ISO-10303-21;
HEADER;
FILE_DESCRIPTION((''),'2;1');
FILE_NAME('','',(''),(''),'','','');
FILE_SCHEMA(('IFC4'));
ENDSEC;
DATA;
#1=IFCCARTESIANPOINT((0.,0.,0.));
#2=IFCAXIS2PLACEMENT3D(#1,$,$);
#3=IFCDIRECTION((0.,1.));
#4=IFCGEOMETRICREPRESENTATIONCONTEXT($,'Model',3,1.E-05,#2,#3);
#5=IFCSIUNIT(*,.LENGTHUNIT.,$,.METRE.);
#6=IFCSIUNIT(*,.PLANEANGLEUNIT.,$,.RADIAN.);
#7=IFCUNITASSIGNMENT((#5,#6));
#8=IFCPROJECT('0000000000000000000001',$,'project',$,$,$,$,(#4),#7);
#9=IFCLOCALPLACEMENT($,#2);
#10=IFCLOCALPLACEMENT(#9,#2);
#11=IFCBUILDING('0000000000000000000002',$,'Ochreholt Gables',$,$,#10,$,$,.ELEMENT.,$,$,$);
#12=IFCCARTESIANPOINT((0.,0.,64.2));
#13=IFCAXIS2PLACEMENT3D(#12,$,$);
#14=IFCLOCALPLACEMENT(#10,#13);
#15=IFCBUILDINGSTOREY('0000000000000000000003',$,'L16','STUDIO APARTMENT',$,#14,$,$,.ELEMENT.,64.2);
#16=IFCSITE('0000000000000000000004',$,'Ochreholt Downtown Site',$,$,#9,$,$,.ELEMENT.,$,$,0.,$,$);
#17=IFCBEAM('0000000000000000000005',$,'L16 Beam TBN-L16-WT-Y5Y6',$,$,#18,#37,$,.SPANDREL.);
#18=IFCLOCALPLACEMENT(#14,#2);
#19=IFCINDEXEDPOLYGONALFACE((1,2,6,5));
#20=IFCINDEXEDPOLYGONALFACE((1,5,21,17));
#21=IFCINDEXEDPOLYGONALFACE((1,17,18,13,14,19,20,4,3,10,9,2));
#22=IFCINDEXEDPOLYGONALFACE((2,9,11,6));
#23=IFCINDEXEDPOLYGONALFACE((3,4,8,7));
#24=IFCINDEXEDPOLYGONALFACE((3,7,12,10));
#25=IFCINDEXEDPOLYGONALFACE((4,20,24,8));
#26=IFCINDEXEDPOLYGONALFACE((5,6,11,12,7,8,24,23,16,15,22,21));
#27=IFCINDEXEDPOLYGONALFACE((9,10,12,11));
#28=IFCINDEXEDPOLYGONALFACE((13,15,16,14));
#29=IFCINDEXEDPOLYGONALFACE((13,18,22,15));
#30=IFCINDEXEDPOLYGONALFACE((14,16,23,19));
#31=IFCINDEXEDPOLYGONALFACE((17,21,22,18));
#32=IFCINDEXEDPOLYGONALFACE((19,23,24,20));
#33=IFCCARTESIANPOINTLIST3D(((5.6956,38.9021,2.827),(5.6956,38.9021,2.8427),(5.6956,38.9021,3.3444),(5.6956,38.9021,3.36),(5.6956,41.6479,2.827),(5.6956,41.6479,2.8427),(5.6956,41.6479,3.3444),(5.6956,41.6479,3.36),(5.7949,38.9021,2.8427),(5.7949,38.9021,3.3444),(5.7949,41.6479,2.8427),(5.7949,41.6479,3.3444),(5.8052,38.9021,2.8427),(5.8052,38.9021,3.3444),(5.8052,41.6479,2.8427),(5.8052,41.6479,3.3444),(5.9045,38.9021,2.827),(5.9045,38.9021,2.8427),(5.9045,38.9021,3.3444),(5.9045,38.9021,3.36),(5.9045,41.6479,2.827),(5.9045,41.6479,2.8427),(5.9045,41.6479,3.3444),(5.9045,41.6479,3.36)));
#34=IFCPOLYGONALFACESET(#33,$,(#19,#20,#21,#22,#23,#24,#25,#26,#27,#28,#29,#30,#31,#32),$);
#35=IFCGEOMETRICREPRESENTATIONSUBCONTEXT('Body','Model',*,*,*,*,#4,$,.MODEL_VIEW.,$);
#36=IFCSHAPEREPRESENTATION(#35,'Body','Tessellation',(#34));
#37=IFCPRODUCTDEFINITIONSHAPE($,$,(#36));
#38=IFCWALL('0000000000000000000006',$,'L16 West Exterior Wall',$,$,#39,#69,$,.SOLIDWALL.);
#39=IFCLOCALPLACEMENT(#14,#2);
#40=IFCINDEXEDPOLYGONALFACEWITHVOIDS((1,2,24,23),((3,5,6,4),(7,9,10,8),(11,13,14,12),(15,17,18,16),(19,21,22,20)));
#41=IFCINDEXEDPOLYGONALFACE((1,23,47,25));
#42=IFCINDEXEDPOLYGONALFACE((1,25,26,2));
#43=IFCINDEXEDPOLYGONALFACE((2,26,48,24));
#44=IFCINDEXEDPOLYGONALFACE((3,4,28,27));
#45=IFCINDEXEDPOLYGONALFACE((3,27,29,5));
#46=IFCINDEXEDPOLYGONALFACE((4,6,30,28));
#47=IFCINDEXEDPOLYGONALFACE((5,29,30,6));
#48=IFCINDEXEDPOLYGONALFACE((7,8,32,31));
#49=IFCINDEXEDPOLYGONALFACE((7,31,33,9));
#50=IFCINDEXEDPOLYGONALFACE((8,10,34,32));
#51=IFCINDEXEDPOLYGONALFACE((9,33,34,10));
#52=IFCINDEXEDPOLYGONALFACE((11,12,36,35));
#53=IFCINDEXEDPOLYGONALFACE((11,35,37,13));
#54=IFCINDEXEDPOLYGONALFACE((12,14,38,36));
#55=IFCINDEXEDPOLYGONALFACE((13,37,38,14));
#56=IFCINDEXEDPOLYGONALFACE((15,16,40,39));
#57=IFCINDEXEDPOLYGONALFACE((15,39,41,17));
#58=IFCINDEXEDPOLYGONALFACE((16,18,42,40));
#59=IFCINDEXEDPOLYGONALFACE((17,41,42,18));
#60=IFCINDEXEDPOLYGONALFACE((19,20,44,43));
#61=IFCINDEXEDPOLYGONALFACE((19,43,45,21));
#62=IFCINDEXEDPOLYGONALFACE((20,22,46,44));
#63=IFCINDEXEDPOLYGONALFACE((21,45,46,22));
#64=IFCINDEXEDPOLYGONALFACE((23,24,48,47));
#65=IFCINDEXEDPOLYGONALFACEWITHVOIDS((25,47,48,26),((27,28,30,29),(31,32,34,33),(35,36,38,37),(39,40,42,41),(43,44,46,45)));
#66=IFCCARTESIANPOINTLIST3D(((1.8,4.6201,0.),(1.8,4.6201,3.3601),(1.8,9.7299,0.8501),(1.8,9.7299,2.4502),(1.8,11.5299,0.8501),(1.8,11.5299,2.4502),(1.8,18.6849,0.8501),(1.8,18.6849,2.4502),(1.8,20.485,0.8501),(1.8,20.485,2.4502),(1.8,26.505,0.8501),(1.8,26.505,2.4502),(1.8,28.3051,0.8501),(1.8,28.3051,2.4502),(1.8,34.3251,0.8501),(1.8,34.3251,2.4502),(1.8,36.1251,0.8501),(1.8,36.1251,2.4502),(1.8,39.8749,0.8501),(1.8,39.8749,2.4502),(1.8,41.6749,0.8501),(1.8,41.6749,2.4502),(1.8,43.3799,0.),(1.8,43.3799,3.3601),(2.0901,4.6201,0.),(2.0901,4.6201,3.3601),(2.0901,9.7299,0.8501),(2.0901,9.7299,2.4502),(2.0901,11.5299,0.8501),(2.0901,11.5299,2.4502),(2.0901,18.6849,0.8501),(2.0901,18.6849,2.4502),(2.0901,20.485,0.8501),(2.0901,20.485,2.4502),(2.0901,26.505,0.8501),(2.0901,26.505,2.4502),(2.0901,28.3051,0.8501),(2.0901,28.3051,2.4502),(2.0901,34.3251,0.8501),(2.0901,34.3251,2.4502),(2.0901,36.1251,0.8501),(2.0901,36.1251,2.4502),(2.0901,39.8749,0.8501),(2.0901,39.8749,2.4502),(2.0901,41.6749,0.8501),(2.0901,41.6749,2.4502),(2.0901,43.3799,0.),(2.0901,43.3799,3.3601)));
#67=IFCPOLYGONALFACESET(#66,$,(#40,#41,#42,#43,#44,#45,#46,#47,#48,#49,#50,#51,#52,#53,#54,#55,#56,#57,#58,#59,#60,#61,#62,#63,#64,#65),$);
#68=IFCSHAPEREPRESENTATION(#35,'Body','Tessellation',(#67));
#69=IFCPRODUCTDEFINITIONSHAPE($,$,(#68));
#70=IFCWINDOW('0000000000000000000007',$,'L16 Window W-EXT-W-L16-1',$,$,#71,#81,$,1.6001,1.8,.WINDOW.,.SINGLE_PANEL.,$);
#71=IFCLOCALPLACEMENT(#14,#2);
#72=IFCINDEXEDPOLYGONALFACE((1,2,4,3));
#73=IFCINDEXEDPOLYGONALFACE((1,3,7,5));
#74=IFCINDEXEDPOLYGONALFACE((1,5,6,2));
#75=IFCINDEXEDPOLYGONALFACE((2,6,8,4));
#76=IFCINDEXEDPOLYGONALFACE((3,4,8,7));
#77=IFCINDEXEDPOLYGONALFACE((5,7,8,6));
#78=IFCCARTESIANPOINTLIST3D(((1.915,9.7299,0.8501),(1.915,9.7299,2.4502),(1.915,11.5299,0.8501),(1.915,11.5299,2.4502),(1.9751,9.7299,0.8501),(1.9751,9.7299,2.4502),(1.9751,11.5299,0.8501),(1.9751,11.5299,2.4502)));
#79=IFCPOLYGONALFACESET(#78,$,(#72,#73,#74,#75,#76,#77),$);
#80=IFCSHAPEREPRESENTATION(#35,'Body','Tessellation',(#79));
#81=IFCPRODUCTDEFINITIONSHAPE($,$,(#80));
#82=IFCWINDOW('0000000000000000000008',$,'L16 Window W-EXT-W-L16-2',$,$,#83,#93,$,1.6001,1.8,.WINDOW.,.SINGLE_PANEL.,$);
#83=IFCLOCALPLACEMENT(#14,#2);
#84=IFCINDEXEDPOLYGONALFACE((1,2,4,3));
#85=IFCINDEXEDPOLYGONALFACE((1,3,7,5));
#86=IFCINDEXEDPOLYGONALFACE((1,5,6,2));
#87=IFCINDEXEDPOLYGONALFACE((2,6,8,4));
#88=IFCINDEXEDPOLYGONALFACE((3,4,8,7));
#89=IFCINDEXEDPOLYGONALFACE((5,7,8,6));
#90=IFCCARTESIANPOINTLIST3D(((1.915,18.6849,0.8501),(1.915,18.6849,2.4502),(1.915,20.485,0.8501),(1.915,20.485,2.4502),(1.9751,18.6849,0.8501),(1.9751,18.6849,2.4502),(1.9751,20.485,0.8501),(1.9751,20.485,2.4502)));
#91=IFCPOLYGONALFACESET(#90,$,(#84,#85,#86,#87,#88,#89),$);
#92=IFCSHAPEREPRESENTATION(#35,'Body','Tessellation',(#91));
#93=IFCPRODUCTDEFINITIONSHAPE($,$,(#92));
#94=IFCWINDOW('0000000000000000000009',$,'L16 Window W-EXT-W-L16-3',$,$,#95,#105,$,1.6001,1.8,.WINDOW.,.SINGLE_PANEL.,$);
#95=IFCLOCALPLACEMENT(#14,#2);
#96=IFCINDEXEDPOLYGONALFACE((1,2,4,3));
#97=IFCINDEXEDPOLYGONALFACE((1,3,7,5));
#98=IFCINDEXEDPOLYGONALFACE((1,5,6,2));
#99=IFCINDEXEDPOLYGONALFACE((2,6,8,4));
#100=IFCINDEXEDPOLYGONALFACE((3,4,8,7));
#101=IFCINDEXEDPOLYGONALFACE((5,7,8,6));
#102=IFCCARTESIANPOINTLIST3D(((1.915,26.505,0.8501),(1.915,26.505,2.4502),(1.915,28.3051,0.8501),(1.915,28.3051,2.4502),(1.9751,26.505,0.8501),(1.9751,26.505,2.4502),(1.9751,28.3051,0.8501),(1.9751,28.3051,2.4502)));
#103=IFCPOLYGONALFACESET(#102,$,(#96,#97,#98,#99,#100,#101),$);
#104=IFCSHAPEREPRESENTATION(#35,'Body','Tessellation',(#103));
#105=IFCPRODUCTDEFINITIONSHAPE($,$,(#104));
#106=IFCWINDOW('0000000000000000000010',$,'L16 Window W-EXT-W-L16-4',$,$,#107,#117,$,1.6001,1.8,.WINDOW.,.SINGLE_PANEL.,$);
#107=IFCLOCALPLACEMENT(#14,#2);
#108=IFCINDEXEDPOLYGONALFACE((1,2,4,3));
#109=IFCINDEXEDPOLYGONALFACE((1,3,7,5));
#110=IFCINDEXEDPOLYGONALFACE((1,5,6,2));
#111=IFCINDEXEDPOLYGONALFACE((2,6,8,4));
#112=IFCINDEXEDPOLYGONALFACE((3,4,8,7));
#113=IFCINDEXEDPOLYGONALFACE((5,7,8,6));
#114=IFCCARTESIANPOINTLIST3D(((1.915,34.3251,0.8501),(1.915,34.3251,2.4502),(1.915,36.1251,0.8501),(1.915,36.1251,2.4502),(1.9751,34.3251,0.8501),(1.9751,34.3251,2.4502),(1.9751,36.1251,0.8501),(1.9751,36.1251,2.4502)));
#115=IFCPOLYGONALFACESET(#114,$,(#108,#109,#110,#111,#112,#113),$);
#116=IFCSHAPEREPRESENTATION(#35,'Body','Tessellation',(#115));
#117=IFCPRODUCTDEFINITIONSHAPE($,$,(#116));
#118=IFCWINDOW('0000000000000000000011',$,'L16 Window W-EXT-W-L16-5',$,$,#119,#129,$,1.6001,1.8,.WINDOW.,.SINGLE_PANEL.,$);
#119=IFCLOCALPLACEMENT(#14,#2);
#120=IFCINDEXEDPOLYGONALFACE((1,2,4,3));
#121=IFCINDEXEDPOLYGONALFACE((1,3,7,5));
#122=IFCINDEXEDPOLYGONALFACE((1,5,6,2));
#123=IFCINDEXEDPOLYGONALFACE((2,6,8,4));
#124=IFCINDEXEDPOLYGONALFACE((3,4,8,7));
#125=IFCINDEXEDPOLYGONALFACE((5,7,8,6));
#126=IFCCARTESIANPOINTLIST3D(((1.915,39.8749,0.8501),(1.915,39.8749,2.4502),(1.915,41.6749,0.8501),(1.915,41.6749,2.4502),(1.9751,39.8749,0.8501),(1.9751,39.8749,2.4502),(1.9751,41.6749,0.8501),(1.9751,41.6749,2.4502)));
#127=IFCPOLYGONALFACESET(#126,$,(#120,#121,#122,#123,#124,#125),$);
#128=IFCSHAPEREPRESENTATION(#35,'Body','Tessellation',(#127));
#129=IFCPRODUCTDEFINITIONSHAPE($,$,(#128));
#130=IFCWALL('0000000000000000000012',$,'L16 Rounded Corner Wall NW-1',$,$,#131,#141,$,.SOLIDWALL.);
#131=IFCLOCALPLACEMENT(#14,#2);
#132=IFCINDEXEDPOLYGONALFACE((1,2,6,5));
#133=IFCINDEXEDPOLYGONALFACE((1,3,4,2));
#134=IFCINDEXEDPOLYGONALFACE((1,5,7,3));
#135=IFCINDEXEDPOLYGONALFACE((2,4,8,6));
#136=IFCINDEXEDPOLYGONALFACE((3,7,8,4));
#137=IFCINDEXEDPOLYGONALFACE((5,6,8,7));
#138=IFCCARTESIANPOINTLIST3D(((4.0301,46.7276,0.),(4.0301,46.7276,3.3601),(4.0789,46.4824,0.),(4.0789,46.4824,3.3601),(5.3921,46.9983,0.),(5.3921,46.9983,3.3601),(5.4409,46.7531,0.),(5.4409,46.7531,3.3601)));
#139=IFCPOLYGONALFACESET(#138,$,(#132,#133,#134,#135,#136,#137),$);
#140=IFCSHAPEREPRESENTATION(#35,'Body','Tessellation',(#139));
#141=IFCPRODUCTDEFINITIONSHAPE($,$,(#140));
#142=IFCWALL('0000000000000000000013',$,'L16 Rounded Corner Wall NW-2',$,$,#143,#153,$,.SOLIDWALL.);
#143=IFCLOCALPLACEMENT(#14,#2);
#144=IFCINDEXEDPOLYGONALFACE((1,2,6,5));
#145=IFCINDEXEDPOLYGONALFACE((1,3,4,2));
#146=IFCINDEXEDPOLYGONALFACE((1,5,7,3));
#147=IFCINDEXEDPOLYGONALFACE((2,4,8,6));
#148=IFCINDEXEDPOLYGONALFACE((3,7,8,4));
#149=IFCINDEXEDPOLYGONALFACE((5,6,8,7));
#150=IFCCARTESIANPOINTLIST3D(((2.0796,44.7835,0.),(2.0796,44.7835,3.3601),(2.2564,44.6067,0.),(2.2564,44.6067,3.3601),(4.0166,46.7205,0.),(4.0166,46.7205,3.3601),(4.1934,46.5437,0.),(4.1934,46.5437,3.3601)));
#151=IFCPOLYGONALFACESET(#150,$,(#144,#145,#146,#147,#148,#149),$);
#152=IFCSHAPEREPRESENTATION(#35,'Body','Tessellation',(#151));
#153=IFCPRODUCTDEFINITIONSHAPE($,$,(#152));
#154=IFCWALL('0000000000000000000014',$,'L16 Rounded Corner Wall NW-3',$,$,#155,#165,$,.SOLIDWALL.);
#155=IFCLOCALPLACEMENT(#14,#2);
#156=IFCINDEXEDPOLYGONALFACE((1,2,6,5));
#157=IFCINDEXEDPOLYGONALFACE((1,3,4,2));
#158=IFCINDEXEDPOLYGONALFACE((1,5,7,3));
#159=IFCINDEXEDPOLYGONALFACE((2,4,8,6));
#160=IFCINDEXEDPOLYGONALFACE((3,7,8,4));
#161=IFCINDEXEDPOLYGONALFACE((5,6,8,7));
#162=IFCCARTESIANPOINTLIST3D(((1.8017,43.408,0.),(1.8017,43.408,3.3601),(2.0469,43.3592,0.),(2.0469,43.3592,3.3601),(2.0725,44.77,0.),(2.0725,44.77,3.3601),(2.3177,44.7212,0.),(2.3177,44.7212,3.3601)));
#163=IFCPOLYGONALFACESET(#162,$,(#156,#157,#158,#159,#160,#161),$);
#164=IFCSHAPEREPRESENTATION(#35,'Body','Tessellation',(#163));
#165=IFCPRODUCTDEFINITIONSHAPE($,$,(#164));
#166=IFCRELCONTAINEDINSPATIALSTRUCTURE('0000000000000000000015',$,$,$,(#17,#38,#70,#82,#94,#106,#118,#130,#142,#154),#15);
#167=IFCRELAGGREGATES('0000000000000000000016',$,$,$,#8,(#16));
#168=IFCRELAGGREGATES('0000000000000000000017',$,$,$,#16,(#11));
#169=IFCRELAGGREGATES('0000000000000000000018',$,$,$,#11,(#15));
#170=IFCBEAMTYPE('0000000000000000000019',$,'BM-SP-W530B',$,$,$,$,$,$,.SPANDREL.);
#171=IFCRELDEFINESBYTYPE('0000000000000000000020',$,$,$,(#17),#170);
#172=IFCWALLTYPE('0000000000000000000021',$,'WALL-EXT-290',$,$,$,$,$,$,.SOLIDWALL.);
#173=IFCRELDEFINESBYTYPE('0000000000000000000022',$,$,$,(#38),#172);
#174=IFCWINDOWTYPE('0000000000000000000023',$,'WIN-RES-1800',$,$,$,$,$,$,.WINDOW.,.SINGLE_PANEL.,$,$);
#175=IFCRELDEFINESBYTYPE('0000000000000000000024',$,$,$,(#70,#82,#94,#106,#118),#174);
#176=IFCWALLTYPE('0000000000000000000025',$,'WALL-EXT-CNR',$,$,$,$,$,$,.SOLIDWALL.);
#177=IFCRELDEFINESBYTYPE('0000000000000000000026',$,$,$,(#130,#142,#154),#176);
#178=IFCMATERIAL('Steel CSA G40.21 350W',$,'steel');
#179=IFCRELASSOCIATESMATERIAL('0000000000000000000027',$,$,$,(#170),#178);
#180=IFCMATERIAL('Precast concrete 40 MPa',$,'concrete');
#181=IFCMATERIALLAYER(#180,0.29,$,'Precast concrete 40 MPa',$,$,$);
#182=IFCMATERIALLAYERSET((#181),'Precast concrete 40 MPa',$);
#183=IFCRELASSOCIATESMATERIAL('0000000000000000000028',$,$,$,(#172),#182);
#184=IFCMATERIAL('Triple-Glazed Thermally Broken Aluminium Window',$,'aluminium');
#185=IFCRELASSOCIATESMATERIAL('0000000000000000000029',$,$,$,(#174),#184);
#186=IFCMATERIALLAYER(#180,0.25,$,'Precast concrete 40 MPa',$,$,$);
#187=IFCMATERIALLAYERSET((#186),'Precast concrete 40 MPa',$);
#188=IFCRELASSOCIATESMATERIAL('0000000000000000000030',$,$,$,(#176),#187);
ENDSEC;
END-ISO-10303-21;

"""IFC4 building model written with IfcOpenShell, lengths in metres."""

from ifc_helpers import new_model, si_unit, direction, frame, frame_2d, origin, origin_2d, place, context, subcontext, project, spatial, rectangle, i_section, extrude, material, layer, layer_set, material_profile, profile_set, type_object, element, fill, save


model = new_model("IFC4")

# Units and contexts
model_context = context("Model", 3, precision=1e-05, world=origin(), true_north=direction((0.0, 1.0)))
body_context = subcontext(model_context, "Body", "Model", "MODEL_VIEW")
ifc_project = project(units=[si_unit("LENGTHUNIT", "METRE"), si_unit("PLANEANGLEUNIT", "RADIAN")], contexts=[model_context])

# Site, building, storey
site_placement = place(None, origin())
site = spatial("IfcSite", under=ifc_project, at=site_placement, Name="Ochreholt Downtown Site", CompositionType="ELEMENT", RefElevation=0.0)
building_placement = place(site_placement, origin())
building = spatial("IfcBuilding", under=site, at=building_placement, Name="Ochreholt Gables", CompositionType="ELEMENT")
storey_placement = place(building_placement, frame((0.0, 0.0, 64.2)))
storey = spatial("IfcBuildingStorey", under=building, at=storey_placement, Name="L16", Description="STUDIO APARTMENT", CompositionType="ELEMENT", Elevation=64.2)

# Shared definitions
ifc_material_1 = material(Name="Steel CSA G40.21 350W", Category="steel")

# Beam
ifc_material_profile_1 = material_profile(ifc_material_1, i_section(OverallWidth=0.209, OverallDepth=0.533, WebThickness=0.0103, FlangeThickness=0.0156, at=origin_2d()), Name="W530X92")
ifc_profile_set_1 = profile_set([ifc_material_profile_1], Name="Steel CSA G40.21 350W")
beam_type_1 = type_object("IfcBeamType", Name="BM-SP-W530B", PredefinedType="SPANDREL", material=ifc_profile_set_1)
beam_1_placement = place(storey_placement, frame((5.8, 38.9021, 3.0935), z_axis=(0.0, 1.0, 0.0), x_axis=(-1.0, 0.0, 0.0)))
element("IfcBeam", 1, at=beam_1_placement, inside=storey, type_object=beam_type_1, Name="L16 Beam TBN-L16-WT-Y5Y6", PredefinedType="SPANDREL", context=body_context, shape_type="SweptSolid", body=[
    extrude(i_section(OverallWidth=0.209, OverallDepth=0.533, WebThickness=0.0103, FlangeThickness=0.0156, at=origin_2d()), origin(), (0.0, 0.0, 1.0), 2.7458),
])

# Wall, openings, windows
ifc_material_2 = material(Name="Precast concrete 40 MPa", Category="concrete")
ifc_layer_1 = layer(ifc_material_2, 0.29, Name="Precast concrete 40 MPa")
ifc_layer_set_1 = layer_set([ifc_layer_1], Name="Precast concrete 40 MPa")
wall_type_1 = type_object("IfcWallType", Name="WALL-EXT-290", PredefinedType="SOLIDWALL", material=ifc_layer_set_1)
wall_1_placement = place(storey_placement, frame((1.9451, 43.3799, 0.0), z_axis=(0.0, 0.0, 1.0), x_axis=(0.0, -1.0, 0.0)))
wall_1 = element("IfcWall", 2, at=wall_1_placement, inside=storey, type_object=wall_type_1, Name="L16 West Exterior Wall", PredefinedType="SOLIDWALL", context=body_context, shape_type="SweptSolid", body=[
    extrude(rectangle(XDim=38.7598, YDim=0.29, at=frame_2d((19.3799, 0.0))), origin(), (0.0, 0.0, 1.0), 3.3601),
])
opening_1_placement = place(wall_1_placement, frame((31.8501, 0.0, 0.8501)))
opening_1 = element("IfcOpeningElement", 3, at=opening_1_placement, cuts=wall_1, PredefinedType="OPENING", context=body_context, shape_type="SweptSolid", body=[
    extrude(rectangle(XDim=1.8, YDim=1.6001, at=frame_2d((0.8999, 0.8))), frame((0.0, 0.155, 0.0), z_axis=(0.0, -1.0, 0.0), x_axis=(1.0, 0.0, 0.0)), (0.0, 0.0, 1.0), 0.3101),
])
opening_2_placement = place(wall_1_placement, frame((22.895, 0.0, 0.8501)))
opening_2 = element("IfcOpeningElement", 4, at=opening_2_placement, cuts=wall_1, PredefinedType="OPENING", context=body_context, shape_type="SweptSolid", body=[
    extrude(rectangle(XDim=1.8, YDim=1.6001, at=frame_2d((0.8999, 0.8))), frame((0.0, 0.155, 0.0), z_axis=(0.0, -1.0, 0.0), x_axis=(1.0, 0.0, 0.0)), (0.0, 0.0, 1.0), 0.3101),
])
opening_3_placement = place(wall_1_placement, frame((15.075, 0.0, 0.8501)))
opening_3 = element("IfcOpeningElement", 5, at=opening_3_placement, cuts=wall_1, PredefinedType="OPENING", context=body_context, shape_type="SweptSolid", body=[
    extrude(rectangle(XDim=1.8, YDim=1.6001, at=frame_2d((0.8999, 0.8))), frame((0.0, 0.155, 0.0), z_axis=(0.0, -1.0, 0.0), x_axis=(1.0, 0.0, 0.0)), (0.0, 0.0, 1.0), 0.3101),
])
opening_4_placement = place(wall_1_placement, frame((7.2549, 0.0, 0.8501)))
opening_4 = element("IfcOpeningElement", 6, at=opening_4_placement, cuts=wall_1, PredefinedType="OPENING", context=body_context, shape_type="SweptSolid", body=[
    extrude(rectangle(XDim=1.8, YDim=1.6001, at=frame_2d((0.8999, 0.8))), frame((0.0, 0.155, 0.0), z_axis=(0.0, -1.0, 0.0), x_axis=(1.0, 0.0, 0.0)), (0.0, 0.0, 1.0), 0.3101),
])
opening_5_placement = place(wall_1_placement, frame((1.7051, 0.0, 0.8501)))
opening_5 = element("IfcOpeningElement", 7, at=opening_5_placement, cuts=wall_1, PredefinedType="OPENING", context=body_context, shape_type="SweptSolid", body=[
    extrude(rectangle(XDim=1.8, YDim=1.6001, at=frame_2d((0.8999, 0.8))), frame((0.0, 0.155, 0.0), z_axis=(0.0, -1.0, 0.0), x_axis=(1.0, 0.0, 0.0)), (0.0, 0.0, 1.0), 0.3101),
])
ifc_material_3 = material(Name="Triple-Glazed Thermally Broken Aluminium Window", Category="aluminium")
window_type = type_object("IfcWindowType", Name="WIN-RES-1800", PartitioningType="SINGLE_PANEL", PredefinedType="WINDOW", material=ifc_material_3)
window_1_placement = place(opening_1_placement, origin())
window_1 = element("IfcWindow", 8, at=window_1_placement, inside=storey, type_object=window_type, Name="L16 Window W-EXT-W-L16-1", OverallHeight=1.6001, OverallWidth=1.8, PartitioningType="SINGLE_PANEL", PredefinedType="WINDOW", context=body_context, shape_type="SweptSolid", body=[
    extrude(rectangle(XDim=1.8, YDim=1.6001, at=frame_2d((0.8999, 0.8))), frame((0.0, 0.03, 0.0), z_axis=(0.0, -1.0, 0.0), x_axis=(1.0, 0.0, 0.0)), (0.0, 0.0, 1.0), 0.0601),
])
fill(opening_1, window_1)
window_2_placement = place(opening_2_placement, origin())
window_2 = element("IfcWindow", 9, at=window_2_placement, inside=storey, type_object=window_type, Name="L16 Window W-EXT-W-L16-2", OverallHeight=1.6001, OverallWidth=1.8, PartitioningType="SINGLE_PANEL", PredefinedType="WINDOW", context=body_context, shape_type="SweptSolid", body=[
    extrude(rectangle(XDim=1.8, YDim=1.6001, at=frame_2d((0.8999, 0.8))), frame((0.0, 0.03, 0.0), z_axis=(0.0, -1.0, 0.0), x_axis=(1.0, 0.0, 0.0)), (0.0, 0.0, 1.0), 0.0601),
])
fill(opening_2, window_2)
window_3_placement = place(opening_3_placement, origin())
window_3 = element("IfcWindow", 10, at=window_3_placement, inside=storey, type_object=window_type, Name="L16 Window W-EXT-W-L16-3", OverallHeight=1.6001, OverallWidth=1.8, PartitioningType="SINGLE_PANEL", PredefinedType="WINDOW", context=body_context, shape_type="SweptSolid", body=[
    extrude(rectangle(XDim=1.8, YDim=1.6001, at=frame_2d((0.8999, 0.8))), frame((0.0, 0.03, 0.0), z_axis=(0.0, -1.0, 0.0), x_axis=(1.0, 0.0, 0.0)), (0.0, 0.0, 1.0), 0.0601),
])
fill(opening_3, window_3)
window_4_placement = place(opening_4_placement, origin())
window_4 = element("IfcWindow", 11, at=window_4_placement, inside=storey, type_object=window_type, Name="L16 Window W-EXT-W-L16-4", OverallHeight=1.6001, OverallWidth=1.8, PartitioningType="SINGLE_PANEL", PredefinedType="WINDOW", context=body_context, shape_type="SweptSolid", body=[
    extrude(rectangle(XDim=1.8, YDim=1.6001, at=frame_2d((0.8999, 0.8))), frame((0.0, 0.03, 0.0), z_axis=(0.0, -1.0, 0.0), x_axis=(1.0, 0.0, 0.0)), (0.0, 0.0, 1.0), 0.0601),
])
fill(opening_4, window_4)
window_5_placement = place(opening_5_placement, origin())
window_5 = element("IfcWindow", 12, at=window_5_placement, inside=storey, type_object=window_type, Name="L16 Window W-EXT-W-L16-5", OverallHeight=1.6001, OverallWidth=1.8, PartitioningType="SINGLE_PANEL", PredefinedType="WINDOW", context=body_context, shape_type="SweptSolid", body=[
    extrude(rectangle(XDim=1.8, YDim=1.6001, at=frame_2d((0.8999, 0.8))), frame((0.0, 0.03, 0.0), z_axis=(0.0, -1.0, 0.0), x_axis=(1.0, 0.0, 0.0)), (0.0, 0.0, 1.0), 0.0601),
])
fill(opening_5, window_5)

# Walls
ifc_layer_2 = layer(ifc_material_2, 0.25, Name="Precast concrete 40 MPa")
ifc_layer_set_2 = layer_set([ifc_layer_2], Name="Precast concrete 40 MPa")
wall_type_2 = type_object("IfcWallType", Name="WALL-EXT-CNR", PredefinedType="SOLIDWALL", material=ifc_layer_set_2)
wall_2_placement = place(storey_placement, frame((5.4165, 46.8757, 0.0), z_axis=(0.0, 0.0, 1.0), x_axis=(-0.98081, -0.194967, 0.0)))
element("IfcWall", 13, at=wall_2_placement, inside=storey, type_object=wall_type_2, Name="L16 Rounded Corner Wall NW-1", PredefinedType="SOLIDWALL", context=body_context, shape_type="SweptSolid", body=[
    extrude(rectangle(XDim=1.3887, YDim=0.25, at=frame_2d((0.6943, 0.0))), origin(), (0.0, 0.0, 1.0), 3.3601),
])
wall_3_placement = place(storey_placement, frame((4.105, 46.6321, 0.0), z_axis=(0.0, 0.0, 1.0), x_axis=(-0.707107, -0.707107, 0.0)))
element("IfcWall", 14, at=wall_3_placement, inside=storey, type_object=wall_type_2, Name="L16 Rounded Corner Wall NW-2", PredefinedType="SOLIDWALL", context=body_context, shape_type="SweptSolid", body=[
    extrude(rectangle(XDim=2.7393, YDim=0.25, at=frame_2d((1.3696, 0.0))), origin(), (0.0, 0.0, 1.0), 3.3601),
])
wall_4_placement = place(storey_placement, frame((2.1951, 44.7456, 0.0), z_axis=(0.0, 0.0, 1.0), x_axis=(-0.194967, -0.98081, 0.0)))
element("IfcWall", 15, at=wall_4_placement, inside=storey, type_object=wall_type_2, Name="L16 Rounded Corner Wall NW-3", PredefinedType="SOLIDWALL", context=body_context, shape_type="SweptSolid", body=[
    extrude(rectangle(XDim=1.3887, YDim=0.25, at=frame_2d((0.6943, 0.0))), origin(), (0.0, 0.0, 1.0), 3.3601),
])

save(model, "model.ifc")
